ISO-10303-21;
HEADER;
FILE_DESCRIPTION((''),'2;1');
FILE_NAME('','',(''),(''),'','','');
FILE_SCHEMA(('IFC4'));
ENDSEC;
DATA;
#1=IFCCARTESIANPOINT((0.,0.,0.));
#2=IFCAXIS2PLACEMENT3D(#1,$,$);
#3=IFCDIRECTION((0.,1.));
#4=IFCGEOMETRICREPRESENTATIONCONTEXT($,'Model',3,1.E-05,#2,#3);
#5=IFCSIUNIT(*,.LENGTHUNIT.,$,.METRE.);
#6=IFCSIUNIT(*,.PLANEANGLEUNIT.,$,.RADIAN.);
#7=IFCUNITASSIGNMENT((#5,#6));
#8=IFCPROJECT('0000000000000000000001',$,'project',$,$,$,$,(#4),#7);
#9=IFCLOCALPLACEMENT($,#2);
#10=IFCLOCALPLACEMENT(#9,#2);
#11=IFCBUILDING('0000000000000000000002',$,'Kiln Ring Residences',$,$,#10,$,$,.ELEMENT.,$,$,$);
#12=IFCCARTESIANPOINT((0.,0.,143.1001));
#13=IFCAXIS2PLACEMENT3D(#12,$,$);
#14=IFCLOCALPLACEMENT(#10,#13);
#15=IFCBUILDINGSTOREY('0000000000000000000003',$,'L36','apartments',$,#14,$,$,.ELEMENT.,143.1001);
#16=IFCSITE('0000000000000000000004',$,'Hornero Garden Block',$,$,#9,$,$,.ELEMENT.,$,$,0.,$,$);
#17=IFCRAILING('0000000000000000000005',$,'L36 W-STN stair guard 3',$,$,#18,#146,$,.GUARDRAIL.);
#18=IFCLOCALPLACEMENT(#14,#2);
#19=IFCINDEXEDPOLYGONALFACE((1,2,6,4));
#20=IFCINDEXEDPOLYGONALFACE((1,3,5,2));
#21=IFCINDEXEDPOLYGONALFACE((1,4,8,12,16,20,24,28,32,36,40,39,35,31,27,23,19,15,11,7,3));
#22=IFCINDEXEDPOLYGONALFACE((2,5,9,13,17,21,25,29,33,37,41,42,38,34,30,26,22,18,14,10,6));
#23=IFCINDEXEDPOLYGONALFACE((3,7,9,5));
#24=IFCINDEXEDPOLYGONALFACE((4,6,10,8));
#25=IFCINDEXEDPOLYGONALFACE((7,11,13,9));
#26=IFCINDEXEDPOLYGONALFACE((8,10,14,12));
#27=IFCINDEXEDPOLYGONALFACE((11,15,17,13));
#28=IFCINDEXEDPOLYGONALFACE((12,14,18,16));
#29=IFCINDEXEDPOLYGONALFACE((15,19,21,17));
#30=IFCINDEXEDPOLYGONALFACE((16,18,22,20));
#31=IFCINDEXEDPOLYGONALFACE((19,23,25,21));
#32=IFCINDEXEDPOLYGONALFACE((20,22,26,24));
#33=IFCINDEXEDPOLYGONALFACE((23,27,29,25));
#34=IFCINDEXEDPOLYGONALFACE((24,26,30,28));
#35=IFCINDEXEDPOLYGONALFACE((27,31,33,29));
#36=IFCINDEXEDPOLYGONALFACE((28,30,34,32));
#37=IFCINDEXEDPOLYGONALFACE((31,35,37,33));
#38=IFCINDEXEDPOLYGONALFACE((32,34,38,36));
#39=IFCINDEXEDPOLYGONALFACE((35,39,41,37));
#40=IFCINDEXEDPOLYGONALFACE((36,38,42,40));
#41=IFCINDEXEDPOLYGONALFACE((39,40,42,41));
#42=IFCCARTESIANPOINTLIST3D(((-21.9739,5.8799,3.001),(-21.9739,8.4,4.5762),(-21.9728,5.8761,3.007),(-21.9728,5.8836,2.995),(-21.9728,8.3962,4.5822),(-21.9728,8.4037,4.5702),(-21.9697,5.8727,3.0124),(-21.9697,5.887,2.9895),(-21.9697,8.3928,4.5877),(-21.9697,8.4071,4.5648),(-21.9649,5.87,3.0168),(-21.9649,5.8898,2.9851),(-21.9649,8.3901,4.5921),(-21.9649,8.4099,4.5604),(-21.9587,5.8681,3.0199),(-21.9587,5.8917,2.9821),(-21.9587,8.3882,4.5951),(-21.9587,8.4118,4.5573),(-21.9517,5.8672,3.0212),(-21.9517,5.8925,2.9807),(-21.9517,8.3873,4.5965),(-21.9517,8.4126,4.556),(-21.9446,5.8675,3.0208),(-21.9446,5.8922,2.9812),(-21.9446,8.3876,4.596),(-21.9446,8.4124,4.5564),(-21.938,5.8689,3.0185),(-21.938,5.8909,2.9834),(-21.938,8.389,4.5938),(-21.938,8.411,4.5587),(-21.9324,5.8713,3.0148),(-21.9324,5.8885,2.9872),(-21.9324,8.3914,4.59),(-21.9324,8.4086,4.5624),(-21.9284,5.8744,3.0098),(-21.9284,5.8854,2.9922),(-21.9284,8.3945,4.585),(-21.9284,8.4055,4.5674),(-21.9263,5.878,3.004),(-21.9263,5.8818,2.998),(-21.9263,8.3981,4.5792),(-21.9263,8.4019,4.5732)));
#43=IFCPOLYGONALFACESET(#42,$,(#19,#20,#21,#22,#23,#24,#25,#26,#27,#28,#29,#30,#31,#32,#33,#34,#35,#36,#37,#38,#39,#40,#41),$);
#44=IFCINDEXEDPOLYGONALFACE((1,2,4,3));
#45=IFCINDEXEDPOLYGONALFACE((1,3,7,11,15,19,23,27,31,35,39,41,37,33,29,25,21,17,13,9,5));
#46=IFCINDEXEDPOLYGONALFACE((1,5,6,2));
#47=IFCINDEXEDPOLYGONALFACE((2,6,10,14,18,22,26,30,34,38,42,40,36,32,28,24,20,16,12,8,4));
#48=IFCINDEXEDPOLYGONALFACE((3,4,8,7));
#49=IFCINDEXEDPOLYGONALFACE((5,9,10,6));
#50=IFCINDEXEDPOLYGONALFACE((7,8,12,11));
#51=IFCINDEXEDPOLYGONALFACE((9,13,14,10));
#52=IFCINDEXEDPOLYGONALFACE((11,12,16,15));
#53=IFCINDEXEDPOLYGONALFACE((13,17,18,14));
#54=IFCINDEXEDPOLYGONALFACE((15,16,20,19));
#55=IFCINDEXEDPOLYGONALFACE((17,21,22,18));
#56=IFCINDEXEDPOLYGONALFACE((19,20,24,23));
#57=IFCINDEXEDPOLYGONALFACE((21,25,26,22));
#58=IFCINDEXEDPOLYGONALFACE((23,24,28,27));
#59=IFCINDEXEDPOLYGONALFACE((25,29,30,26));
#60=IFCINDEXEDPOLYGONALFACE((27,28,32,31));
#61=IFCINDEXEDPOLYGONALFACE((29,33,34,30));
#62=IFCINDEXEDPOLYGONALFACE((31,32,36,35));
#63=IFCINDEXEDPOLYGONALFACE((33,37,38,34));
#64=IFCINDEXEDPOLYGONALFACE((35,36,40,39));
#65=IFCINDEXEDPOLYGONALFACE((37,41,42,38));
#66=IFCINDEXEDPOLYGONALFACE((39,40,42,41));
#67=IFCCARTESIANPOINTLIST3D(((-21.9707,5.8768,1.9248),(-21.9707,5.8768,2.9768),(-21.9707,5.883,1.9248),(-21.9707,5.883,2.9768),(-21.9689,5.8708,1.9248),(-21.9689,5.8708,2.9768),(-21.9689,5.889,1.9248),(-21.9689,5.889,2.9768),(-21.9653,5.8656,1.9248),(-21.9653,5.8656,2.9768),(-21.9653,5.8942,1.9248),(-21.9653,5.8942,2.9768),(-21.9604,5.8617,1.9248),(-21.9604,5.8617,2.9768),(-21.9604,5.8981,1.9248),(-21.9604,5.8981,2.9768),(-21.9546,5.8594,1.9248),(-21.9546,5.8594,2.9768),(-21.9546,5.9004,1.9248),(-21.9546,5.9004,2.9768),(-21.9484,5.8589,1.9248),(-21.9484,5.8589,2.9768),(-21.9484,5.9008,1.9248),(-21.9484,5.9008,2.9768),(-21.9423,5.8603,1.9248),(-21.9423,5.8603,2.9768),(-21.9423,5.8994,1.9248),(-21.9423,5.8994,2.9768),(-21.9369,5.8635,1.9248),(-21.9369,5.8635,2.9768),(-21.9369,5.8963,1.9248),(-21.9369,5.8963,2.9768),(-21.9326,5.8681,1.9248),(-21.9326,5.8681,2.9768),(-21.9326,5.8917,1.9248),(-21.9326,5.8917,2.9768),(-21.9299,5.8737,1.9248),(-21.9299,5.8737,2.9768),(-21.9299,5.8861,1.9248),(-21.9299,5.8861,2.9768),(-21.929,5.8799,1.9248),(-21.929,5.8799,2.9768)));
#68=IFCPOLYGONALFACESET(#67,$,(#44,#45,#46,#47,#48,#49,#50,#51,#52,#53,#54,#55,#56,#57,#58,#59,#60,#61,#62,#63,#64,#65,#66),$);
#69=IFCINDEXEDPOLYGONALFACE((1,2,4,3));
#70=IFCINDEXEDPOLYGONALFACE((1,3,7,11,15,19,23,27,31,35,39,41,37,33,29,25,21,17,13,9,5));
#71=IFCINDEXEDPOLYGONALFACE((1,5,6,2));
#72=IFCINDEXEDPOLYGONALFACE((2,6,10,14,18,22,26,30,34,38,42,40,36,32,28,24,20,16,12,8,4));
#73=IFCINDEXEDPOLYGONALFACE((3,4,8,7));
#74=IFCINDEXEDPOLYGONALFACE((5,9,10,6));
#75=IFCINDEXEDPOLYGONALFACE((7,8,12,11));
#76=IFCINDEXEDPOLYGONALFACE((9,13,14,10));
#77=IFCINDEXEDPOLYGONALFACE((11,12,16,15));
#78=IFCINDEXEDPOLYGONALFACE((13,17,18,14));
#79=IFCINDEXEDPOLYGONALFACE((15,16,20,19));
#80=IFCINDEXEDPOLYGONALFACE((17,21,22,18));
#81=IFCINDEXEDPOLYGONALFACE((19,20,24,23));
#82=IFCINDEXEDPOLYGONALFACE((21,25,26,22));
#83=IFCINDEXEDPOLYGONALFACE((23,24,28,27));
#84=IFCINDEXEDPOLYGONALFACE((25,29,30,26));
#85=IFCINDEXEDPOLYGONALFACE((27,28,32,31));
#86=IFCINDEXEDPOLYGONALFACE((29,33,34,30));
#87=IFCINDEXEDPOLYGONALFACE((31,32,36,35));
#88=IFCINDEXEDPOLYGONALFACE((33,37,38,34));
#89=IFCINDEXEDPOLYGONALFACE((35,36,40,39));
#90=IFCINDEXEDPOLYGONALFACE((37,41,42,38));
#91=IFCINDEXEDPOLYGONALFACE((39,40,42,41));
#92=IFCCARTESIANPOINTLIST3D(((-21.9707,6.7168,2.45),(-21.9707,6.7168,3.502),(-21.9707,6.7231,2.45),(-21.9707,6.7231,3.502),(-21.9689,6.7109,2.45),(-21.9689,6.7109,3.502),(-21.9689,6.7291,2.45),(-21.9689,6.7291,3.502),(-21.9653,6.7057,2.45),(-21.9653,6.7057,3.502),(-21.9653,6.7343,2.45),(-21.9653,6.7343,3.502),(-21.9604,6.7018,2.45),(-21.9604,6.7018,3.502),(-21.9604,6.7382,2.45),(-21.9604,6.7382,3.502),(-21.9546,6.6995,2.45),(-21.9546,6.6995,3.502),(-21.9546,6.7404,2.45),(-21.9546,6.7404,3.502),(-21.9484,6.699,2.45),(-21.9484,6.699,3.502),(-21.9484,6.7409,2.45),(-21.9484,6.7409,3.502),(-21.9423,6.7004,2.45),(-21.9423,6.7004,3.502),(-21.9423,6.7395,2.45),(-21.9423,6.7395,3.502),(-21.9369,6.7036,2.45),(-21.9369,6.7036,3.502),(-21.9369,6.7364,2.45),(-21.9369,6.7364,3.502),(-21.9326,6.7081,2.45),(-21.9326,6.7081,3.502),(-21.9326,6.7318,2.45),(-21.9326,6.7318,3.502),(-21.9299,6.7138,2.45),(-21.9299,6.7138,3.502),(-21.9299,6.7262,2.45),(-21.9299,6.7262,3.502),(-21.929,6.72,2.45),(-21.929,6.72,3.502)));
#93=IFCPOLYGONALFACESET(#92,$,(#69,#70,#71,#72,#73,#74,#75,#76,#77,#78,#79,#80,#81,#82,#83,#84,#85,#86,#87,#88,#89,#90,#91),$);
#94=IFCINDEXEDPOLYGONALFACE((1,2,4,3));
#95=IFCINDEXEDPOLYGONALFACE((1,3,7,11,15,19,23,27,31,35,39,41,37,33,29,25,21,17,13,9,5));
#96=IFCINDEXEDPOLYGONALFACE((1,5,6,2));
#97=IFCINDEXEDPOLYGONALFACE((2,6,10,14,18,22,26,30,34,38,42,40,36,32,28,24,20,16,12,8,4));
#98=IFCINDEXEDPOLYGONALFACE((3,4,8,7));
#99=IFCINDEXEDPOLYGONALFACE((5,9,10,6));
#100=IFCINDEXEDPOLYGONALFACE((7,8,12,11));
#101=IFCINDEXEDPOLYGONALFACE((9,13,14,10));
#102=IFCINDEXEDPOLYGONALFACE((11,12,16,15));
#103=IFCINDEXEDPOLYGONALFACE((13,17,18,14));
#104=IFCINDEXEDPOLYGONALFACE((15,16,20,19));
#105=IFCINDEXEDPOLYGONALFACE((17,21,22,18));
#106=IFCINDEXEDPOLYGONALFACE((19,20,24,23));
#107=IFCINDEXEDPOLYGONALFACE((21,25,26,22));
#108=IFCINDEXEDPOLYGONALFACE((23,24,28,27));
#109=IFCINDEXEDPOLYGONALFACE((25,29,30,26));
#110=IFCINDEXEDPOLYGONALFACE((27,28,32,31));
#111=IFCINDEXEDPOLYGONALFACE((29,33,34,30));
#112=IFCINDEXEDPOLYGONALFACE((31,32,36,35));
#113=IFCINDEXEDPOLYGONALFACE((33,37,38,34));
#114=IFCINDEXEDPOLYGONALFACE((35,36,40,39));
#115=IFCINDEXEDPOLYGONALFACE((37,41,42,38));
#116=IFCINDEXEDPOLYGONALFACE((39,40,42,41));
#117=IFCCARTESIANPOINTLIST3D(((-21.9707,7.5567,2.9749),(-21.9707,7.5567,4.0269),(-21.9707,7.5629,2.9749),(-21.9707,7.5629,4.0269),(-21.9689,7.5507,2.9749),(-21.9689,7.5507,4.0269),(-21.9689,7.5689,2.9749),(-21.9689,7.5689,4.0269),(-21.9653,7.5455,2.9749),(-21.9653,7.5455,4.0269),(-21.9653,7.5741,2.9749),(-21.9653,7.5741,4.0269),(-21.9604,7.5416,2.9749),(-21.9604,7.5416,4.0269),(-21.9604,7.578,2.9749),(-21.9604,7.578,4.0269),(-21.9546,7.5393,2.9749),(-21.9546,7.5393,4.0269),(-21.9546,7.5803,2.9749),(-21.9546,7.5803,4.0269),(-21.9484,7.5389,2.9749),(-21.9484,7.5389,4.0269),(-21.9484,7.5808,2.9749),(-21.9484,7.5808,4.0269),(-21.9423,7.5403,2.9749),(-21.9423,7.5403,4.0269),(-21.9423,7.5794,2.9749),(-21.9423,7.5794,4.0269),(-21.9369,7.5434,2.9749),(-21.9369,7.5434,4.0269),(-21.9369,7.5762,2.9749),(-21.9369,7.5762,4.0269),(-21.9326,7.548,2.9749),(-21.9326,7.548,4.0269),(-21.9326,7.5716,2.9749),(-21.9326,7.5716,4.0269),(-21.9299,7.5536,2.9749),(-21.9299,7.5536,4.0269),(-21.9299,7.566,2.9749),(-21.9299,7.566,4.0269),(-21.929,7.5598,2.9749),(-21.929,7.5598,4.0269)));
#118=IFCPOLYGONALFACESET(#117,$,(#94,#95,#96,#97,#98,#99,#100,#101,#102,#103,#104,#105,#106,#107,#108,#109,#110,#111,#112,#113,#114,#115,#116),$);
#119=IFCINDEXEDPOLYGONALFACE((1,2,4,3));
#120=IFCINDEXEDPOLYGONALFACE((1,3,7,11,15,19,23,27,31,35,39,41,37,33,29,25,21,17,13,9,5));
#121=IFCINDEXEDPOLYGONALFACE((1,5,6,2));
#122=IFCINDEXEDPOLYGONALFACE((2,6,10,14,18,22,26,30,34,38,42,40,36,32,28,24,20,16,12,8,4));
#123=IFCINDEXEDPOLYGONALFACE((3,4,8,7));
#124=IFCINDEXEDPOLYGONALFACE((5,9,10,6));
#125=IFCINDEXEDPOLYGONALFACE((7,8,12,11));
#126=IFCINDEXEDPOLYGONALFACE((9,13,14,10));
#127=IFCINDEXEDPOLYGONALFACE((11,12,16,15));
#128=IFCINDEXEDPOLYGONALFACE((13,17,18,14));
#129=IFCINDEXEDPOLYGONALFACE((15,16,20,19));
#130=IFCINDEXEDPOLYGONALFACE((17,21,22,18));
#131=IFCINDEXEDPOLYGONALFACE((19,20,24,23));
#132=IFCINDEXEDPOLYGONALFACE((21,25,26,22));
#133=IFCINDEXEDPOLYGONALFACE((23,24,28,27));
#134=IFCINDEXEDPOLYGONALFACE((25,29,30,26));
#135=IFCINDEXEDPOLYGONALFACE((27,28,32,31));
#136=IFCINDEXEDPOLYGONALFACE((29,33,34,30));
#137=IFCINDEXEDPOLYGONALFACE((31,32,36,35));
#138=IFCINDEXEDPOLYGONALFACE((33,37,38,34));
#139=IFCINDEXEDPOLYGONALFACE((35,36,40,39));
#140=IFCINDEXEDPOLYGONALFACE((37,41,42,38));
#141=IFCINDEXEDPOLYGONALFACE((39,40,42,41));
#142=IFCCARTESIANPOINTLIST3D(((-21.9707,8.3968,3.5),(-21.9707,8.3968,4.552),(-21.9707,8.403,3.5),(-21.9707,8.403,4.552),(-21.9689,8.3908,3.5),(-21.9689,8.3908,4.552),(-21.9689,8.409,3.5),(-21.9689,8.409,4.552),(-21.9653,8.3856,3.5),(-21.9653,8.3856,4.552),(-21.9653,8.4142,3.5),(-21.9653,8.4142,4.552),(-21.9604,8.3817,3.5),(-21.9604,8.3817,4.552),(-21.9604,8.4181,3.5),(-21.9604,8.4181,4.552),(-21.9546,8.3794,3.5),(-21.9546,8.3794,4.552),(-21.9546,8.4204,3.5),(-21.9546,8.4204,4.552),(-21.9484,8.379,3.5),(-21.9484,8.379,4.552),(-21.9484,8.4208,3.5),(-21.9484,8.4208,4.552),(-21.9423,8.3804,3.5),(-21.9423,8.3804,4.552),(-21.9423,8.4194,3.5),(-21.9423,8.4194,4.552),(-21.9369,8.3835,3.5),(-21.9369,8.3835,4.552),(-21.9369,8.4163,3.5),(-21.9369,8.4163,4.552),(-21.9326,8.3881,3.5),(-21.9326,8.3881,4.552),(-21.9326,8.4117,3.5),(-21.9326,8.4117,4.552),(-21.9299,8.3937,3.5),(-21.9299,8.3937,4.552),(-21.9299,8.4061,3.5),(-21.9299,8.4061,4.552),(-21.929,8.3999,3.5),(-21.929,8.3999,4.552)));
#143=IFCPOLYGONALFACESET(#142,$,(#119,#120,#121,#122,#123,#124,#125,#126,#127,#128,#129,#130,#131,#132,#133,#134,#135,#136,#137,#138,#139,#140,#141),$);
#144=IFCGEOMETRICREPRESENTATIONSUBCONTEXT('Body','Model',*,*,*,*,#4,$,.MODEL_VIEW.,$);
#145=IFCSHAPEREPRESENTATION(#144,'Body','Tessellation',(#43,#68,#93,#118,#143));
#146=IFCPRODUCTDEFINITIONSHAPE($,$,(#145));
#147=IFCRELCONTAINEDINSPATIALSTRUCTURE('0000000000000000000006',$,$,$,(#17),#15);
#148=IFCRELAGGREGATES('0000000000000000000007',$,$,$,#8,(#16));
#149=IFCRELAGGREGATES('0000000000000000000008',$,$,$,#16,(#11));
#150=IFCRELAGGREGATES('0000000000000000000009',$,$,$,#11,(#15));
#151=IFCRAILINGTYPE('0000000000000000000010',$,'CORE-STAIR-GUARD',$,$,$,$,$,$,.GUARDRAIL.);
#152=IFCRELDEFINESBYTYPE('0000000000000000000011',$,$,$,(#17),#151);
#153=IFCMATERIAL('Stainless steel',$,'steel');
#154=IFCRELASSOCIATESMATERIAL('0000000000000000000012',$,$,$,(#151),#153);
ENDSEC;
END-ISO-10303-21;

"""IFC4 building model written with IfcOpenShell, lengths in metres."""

from ifc_helpers import new_model, si_unit, direction, frame, origin, origin_2d, place, context, subcontext, project, spatial, circle, extrude, material, type_object, element, save


model = new_model("IFC4")

# Units and contexts
model_context = context("Model", 3, precision=1e-05, world=origin(), true_north=direction((0.0, 1.0)))
body_context = subcontext(model_context, "Body", "Model", "MODEL_VIEW")
ifc_project = project(units=[si_unit("LENGTHUNIT", "METRE"), si_unit("PLANEANGLEUNIT", "RADIAN")], contexts=[model_context])

# Site, building, storey
site_placement = place(None, origin())
site = spatial("IfcSite", under=ifc_project, at=site_placement, Name="Hornero Garden Block", CompositionType="ELEMENT", RefElevation=0.0)
building_placement = place(site_placement, origin())
building = spatial("IfcBuilding", under=site, at=building_placement, Name="Kiln Ring Residences", CompositionType="ELEMENT")
storey_placement = place(building_placement, frame((0.0, 0.0, 143.1001)))
storey = spatial("IfcBuildingStorey", under=building, at=storey_placement, Name="L36", Description="apartments", CompositionType="ELEMENT", Elevation=143.1001)

# Railing
ifc_material_1 = material(Name="Stainless steel", Category="steel")
railing_type_1 = type_object("IfcRailingType", Name="CORE-STAIR-GUARD", PredefinedType="GUARDRAIL", material=ifc_material_1)
railing_1_placement = place(storey_placement, frame((-21.95, 5.8799, 1.9248)))
element("IfcRailing", 1, at=railing_1_placement, inside=storey, type_object=railing_type_1, Name="L36 W-STN stair guard 3", PredefinedType="GUARDRAIL", context=body_context, shape_type="SweptSolid", body=[
    extrude(circle(Radius=0.0239, at=origin_2d()), frame((0.0, 0.0, 1.0762), z_axis=(0.0, 0.847971, 0.530043), x_axis=(-1.0, 0.0, 0.0)), (0.0, 0.0, 1.0), 2.9719),
    extrude(circle(Radius=0.021, at=origin_2d()), origin(), (0.0, 0.0, 1.0), 1.052),
    extrude(circle(Radius=0.021, at=origin_2d()), frame((0.0, 0.8401, 0.5251)), (0.0, 0.0, 1.0), 1.052),
    extrude(circle(Radius=0.021, at=origin_2d()), frame((0.0, 1.6799, 1.05)), (0.0, 0.0, 1.0), 1.052),
    extrude(circle(Radius=0.021, at=origin_2d()), frame((0.0, 2.52, 1.5752)), (0.0, 0.0, 1.0), 1.052),
])

save(model, "model.ifc")
